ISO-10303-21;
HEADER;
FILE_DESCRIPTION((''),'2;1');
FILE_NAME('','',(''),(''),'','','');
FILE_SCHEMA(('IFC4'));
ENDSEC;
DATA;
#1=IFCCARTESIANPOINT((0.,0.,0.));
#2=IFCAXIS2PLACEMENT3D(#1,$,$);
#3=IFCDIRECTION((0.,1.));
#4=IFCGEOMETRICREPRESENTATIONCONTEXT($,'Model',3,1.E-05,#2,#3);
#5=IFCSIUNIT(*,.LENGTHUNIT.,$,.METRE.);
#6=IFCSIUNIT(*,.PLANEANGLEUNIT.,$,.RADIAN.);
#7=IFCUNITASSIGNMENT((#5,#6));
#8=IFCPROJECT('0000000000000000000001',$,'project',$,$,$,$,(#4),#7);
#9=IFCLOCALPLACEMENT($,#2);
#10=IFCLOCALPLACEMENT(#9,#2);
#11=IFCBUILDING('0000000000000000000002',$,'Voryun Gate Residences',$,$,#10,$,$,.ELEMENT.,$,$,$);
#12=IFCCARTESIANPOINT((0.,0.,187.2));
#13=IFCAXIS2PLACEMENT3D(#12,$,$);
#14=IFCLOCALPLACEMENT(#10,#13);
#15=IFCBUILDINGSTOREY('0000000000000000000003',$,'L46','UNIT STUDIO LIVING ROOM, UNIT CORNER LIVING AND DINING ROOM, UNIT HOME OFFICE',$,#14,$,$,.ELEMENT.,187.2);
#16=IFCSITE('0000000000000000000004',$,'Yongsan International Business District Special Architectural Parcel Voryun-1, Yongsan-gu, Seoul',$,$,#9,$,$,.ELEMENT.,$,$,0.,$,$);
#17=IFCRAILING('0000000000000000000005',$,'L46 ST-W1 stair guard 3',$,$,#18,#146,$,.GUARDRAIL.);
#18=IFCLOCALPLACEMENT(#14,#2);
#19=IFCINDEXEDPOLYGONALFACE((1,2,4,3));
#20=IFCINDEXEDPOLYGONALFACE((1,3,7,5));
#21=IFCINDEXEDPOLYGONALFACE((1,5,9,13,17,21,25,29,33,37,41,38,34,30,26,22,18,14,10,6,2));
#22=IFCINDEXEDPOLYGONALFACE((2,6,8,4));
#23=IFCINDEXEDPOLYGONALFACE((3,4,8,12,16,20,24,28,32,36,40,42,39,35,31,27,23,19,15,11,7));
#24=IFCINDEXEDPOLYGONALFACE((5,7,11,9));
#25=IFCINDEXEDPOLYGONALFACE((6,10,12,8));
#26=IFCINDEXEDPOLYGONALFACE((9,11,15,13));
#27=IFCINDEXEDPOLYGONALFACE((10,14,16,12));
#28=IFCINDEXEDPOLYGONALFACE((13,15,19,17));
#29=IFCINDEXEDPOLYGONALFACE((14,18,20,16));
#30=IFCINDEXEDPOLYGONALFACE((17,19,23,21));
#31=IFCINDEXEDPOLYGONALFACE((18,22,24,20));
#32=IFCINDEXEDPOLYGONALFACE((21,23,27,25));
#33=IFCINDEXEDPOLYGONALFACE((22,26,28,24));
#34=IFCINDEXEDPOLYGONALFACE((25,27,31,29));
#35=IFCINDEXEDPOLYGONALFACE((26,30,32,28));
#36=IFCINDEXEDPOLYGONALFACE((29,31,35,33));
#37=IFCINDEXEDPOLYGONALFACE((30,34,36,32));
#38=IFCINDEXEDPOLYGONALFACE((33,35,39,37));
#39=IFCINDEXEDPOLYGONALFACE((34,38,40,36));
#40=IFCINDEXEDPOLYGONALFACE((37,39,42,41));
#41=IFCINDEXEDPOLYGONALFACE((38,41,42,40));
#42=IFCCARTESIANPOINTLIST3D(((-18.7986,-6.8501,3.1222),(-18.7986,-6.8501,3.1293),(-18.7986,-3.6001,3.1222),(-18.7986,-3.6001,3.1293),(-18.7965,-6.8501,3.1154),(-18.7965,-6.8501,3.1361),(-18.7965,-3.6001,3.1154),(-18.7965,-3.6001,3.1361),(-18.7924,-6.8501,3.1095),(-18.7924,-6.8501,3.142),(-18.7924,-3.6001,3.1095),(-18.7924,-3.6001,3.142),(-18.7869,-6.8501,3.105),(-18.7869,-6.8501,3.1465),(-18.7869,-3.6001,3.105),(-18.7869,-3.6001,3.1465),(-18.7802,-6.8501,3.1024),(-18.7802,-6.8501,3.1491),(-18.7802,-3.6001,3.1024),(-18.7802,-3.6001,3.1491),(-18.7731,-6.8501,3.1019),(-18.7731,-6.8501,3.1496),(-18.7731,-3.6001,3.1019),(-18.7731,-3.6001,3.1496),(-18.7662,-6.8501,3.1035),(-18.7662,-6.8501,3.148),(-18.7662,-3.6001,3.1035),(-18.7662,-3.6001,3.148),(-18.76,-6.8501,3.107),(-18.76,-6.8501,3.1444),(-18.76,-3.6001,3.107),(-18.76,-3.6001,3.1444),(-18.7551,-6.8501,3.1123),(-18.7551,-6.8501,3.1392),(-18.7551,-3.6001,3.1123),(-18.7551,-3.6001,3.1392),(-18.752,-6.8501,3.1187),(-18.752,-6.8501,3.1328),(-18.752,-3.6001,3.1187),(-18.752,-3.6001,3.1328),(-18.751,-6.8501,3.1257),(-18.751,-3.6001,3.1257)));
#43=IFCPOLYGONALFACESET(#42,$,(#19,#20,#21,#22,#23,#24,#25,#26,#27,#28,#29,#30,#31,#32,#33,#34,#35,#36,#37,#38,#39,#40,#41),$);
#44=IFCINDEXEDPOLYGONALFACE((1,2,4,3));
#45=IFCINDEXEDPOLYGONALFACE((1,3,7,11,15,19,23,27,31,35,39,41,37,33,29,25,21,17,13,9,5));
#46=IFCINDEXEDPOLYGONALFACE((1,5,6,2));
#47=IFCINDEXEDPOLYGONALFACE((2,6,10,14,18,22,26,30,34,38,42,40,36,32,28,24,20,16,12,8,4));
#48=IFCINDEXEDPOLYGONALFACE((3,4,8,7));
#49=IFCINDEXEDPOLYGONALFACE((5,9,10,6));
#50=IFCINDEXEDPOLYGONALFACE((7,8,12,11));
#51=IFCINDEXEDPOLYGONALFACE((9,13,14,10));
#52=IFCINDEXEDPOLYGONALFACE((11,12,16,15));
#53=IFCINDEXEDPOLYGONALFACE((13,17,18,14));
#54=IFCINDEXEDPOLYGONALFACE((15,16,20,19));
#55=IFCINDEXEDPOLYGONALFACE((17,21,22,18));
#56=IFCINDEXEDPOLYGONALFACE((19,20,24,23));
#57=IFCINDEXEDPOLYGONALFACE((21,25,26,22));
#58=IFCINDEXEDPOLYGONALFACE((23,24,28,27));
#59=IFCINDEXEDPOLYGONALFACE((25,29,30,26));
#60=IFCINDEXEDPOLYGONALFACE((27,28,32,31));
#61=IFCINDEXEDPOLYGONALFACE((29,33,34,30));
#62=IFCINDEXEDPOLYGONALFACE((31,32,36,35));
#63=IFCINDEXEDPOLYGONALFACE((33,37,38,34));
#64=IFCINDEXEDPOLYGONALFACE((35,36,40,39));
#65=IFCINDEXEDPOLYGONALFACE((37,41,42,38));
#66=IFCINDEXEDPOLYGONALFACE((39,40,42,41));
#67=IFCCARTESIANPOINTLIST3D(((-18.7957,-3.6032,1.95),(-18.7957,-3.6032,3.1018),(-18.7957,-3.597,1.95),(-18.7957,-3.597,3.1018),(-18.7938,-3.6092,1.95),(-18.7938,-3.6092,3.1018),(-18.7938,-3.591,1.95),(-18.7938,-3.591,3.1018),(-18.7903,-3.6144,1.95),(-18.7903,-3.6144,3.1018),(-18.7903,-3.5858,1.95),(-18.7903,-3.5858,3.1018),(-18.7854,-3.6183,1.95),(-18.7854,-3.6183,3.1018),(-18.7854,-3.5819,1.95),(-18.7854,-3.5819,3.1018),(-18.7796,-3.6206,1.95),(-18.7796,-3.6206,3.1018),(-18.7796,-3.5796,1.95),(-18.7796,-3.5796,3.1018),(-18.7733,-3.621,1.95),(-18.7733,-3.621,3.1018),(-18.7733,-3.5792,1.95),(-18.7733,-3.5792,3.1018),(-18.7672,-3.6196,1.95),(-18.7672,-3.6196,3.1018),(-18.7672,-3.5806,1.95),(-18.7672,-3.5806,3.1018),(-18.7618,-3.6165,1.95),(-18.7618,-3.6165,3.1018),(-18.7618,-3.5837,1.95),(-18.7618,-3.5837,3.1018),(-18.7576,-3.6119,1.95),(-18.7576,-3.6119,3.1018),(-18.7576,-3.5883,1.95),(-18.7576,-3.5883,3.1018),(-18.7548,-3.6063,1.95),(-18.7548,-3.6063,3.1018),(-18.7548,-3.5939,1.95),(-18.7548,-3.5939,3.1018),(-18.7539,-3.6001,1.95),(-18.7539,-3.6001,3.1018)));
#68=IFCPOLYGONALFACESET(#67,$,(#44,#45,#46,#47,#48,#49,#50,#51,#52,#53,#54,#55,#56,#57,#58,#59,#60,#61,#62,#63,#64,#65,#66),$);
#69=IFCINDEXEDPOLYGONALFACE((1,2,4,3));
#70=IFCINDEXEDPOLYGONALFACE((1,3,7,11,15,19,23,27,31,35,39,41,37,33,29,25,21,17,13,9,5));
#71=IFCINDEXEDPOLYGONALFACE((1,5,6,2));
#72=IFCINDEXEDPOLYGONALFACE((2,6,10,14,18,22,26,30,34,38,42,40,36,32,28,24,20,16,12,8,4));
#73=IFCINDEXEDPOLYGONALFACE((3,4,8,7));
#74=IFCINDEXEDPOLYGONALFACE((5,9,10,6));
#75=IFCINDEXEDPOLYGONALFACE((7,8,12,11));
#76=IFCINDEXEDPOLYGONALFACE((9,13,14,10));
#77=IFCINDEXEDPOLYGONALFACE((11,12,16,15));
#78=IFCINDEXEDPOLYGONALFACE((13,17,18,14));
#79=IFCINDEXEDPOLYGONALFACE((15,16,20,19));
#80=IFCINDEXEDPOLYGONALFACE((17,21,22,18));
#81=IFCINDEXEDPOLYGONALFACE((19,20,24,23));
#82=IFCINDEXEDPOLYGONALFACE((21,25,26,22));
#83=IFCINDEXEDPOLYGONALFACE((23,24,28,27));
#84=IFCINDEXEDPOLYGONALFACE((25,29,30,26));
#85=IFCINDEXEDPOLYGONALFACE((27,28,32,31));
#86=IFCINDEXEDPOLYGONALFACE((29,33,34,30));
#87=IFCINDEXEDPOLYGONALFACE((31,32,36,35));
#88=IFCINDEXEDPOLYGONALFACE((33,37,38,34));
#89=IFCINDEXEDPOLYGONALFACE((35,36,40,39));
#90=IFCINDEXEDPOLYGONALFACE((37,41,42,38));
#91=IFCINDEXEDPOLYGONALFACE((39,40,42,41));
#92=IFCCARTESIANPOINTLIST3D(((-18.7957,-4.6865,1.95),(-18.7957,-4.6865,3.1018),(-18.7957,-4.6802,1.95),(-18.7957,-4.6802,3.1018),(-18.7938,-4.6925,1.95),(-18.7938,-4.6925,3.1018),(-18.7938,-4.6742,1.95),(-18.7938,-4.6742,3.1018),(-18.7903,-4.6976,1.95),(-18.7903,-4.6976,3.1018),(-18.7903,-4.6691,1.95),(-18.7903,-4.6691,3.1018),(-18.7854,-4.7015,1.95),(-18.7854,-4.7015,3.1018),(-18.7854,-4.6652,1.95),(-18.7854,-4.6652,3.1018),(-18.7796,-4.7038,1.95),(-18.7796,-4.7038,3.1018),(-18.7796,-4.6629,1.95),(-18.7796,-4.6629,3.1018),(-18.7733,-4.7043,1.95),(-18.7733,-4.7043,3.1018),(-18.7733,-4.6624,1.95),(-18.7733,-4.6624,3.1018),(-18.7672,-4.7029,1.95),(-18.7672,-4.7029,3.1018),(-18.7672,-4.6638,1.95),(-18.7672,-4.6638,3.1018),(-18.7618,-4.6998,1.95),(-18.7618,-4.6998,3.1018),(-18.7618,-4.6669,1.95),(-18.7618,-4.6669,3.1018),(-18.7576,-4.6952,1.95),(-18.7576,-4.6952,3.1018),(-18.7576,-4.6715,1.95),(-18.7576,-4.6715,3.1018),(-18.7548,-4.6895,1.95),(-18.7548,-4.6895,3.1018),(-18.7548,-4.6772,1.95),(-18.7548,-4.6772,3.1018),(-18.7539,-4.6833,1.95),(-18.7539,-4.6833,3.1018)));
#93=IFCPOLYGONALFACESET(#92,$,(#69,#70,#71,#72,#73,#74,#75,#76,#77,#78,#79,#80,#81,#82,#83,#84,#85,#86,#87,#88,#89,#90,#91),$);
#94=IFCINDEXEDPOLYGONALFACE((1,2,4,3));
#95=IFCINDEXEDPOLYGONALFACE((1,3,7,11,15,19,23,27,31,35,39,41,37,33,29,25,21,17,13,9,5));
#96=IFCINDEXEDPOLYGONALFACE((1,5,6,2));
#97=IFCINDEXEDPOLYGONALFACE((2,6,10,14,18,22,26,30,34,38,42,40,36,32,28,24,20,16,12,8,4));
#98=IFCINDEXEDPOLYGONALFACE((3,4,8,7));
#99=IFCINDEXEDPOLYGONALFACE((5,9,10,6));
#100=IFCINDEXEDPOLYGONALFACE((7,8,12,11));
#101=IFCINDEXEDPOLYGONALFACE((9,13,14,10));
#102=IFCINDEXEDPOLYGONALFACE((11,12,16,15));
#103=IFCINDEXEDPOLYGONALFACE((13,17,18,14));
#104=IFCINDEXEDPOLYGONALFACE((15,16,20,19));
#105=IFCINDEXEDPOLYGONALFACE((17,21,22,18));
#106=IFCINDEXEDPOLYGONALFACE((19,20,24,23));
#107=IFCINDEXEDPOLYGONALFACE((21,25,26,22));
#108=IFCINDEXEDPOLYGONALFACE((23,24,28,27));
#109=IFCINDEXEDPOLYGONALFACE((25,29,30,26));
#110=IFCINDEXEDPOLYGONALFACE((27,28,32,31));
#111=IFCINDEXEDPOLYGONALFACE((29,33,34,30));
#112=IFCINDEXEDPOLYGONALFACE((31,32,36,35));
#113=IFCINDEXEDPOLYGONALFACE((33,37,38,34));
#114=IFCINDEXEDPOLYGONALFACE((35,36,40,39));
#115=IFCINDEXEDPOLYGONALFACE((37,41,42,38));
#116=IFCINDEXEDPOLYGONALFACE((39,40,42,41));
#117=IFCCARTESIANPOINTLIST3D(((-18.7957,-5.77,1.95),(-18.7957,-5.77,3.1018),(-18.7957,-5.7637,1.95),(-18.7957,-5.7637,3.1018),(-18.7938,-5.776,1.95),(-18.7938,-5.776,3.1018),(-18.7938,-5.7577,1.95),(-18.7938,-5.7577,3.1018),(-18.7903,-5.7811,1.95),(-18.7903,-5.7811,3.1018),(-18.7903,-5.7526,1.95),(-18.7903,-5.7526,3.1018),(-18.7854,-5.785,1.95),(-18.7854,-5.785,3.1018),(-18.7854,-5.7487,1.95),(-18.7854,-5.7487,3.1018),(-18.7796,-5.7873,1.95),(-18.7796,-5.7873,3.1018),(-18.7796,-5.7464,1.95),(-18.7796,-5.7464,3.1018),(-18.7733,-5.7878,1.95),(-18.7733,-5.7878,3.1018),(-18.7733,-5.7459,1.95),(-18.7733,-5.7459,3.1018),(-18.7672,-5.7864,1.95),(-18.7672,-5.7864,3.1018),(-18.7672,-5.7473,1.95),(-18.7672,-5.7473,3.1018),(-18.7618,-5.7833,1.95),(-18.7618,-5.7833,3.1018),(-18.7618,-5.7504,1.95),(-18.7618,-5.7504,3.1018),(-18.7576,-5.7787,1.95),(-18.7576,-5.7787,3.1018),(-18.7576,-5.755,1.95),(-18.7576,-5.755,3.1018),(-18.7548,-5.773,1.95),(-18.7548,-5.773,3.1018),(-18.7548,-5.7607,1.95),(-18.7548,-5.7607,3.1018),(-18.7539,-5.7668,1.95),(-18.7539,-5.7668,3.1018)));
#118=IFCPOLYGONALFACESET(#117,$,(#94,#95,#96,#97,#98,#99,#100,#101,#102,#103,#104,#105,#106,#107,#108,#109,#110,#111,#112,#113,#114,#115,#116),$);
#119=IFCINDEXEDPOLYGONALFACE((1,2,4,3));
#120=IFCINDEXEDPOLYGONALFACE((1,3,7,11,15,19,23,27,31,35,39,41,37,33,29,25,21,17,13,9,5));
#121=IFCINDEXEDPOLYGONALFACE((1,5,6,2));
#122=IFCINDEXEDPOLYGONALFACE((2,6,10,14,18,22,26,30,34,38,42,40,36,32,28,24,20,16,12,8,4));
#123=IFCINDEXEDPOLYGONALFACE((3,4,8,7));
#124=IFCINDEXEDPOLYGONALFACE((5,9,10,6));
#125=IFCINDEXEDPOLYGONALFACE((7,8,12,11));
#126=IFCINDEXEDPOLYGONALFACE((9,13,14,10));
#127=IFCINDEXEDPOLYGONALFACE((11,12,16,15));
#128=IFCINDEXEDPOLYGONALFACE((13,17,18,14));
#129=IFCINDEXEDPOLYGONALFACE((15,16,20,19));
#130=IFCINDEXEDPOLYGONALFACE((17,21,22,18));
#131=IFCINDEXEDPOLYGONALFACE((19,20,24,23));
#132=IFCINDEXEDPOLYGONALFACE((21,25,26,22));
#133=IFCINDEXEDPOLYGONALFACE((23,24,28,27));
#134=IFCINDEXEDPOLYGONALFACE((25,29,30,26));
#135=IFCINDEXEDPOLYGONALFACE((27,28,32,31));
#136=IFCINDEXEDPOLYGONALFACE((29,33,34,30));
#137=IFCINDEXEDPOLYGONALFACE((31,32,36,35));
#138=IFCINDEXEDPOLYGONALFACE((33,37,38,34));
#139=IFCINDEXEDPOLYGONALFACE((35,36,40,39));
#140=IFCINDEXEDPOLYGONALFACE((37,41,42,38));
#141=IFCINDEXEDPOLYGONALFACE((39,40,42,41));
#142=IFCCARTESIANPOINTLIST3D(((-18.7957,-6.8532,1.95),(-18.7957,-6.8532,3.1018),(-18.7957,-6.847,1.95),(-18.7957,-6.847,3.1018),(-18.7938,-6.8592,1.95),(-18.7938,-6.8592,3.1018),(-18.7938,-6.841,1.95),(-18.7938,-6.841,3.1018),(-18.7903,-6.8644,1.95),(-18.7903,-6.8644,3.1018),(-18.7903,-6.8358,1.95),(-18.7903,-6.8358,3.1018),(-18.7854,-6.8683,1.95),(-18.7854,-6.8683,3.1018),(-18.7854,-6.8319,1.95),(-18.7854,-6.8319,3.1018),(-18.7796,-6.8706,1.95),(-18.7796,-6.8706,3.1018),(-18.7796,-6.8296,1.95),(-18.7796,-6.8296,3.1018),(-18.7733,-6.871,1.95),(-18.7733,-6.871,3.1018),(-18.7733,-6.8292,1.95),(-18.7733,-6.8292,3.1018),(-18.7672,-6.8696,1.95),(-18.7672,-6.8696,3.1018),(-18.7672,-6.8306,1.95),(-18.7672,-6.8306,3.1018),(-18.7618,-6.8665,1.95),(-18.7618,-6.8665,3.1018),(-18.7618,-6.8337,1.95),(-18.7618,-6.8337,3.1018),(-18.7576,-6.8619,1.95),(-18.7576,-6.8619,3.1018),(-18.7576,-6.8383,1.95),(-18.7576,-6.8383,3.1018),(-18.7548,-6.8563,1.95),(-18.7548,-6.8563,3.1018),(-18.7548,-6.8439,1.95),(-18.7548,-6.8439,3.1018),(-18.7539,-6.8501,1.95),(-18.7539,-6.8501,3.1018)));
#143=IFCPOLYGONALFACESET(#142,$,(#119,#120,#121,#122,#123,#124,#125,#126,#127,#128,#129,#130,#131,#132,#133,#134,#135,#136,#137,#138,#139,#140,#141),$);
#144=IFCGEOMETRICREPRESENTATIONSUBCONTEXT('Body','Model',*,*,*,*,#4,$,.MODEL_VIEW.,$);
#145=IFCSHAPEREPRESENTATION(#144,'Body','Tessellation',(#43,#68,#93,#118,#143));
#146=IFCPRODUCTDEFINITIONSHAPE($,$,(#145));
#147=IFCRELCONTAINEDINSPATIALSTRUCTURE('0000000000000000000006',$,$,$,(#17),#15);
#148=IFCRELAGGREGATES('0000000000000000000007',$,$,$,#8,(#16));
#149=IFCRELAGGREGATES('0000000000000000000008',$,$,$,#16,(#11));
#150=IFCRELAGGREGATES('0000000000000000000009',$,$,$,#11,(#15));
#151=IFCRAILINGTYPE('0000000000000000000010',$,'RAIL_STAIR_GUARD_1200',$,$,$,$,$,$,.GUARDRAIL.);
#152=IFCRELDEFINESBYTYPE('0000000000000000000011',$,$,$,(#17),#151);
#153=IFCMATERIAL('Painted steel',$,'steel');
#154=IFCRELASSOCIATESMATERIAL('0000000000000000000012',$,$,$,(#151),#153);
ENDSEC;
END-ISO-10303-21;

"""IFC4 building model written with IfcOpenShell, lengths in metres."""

from ifc_helpers import new_model, si_unit, direction, frame, origin, origin_2d, place, context, subcontext, project, spatial, circle, extrude, material, type_object, element, save


model = new_model("IFC4")

# Units and contexts
model_context = context("Model", 3, precision=1e-05, world=origin(), true_north=direction((0.0, 1.0)))
body_context = subcontext(model_context, "Body", "Model", "MODEL_VIEW")
ifc_project = project(units=[si_unit("LENGTHUNIT", "METRE"), si_unit("PLANEANGLEUNIT", "RADIAN")], contexts=[model_context])

# Site, building, storey
site_placement = place(None, origin())
site = spatial("IfcSite", under=ifc_project, at=site_placement, Name="Yongsan International Business District Special Architectural Parcel Voryun-1, Yongsan-gu, Seoul", CompositionType="ELEMENT", RefElevation=0.0)
building_placement = place(site_placement, origin())
building = spatial("IfcBuilding", under=site, at=building_placement, Name="Voryun Gate Residences", CompositionType="ELEMENT")
storey_placement = place(building_placement, frame((0.0, 0.0, 187.2)))
storey = spatial("IfcBuildingStorey", under=building, at=storey_placement, Name="L46", Description="UNIT STUDIO LIVING ROOM, UNIT CORNER LIVING AND DINING ROOM, UNIT HOME OFFICE", CompositionType="ELEMENT", Elevation=187.2)

# Railing
ifc_material_1 = material(Name="Painted steel", Category="steel")
railing_type_1 = type_object("IfcRailingType", Name="RAIL_STAIR_GUARD_1200", PredefinedType="GUARDRAIL", material=ifc_material_1)
railing_1_placement = place(storey_placement, frame((-18.7749, -3.6001, 1.95)))
element("IfcRailing", 1, at=railing_1_placement, inside=storey, type_object=railing_type_1, Name="L46 ST-W1 stair guard 3", PredefinedType="GUARDRAIL", context=body_context, shape_type="SweptSolid", body=[
    extrude(circle(Radius=0.0239, at=origin_2d()), frame((0.0, 0.0, 1.1758), z_axis=(0.0, -1.0, 0.0), x_axis=(1.0, 0.0, 0.0)), (0.0, 0.0, 1.0), 3.25),
    extrude(circle(Radius=0.021, at=origin_2d()), origin(), (0.0, 0.0, 1.0), 1.1519),
    extrude(circle(Radius=0.021, at=origin_2d()), frame((0.0, -1.0833, 0.0)), (0.0, 0.0, 1.0), 1.1519),
    extrude(circle(Radius=0.021, at=origin_2d()), frame((0.0, -2.1667, 0.0)), (0.0, 0.0, 1.0), 1.1519),
    extrude(circle(Radius=0.021, at=origin_2d()), frame((0.0, -3.25, 0.0)), (0.0, 0.0, 1.0), 1.1519),
])

save(model, "model.ifc")
